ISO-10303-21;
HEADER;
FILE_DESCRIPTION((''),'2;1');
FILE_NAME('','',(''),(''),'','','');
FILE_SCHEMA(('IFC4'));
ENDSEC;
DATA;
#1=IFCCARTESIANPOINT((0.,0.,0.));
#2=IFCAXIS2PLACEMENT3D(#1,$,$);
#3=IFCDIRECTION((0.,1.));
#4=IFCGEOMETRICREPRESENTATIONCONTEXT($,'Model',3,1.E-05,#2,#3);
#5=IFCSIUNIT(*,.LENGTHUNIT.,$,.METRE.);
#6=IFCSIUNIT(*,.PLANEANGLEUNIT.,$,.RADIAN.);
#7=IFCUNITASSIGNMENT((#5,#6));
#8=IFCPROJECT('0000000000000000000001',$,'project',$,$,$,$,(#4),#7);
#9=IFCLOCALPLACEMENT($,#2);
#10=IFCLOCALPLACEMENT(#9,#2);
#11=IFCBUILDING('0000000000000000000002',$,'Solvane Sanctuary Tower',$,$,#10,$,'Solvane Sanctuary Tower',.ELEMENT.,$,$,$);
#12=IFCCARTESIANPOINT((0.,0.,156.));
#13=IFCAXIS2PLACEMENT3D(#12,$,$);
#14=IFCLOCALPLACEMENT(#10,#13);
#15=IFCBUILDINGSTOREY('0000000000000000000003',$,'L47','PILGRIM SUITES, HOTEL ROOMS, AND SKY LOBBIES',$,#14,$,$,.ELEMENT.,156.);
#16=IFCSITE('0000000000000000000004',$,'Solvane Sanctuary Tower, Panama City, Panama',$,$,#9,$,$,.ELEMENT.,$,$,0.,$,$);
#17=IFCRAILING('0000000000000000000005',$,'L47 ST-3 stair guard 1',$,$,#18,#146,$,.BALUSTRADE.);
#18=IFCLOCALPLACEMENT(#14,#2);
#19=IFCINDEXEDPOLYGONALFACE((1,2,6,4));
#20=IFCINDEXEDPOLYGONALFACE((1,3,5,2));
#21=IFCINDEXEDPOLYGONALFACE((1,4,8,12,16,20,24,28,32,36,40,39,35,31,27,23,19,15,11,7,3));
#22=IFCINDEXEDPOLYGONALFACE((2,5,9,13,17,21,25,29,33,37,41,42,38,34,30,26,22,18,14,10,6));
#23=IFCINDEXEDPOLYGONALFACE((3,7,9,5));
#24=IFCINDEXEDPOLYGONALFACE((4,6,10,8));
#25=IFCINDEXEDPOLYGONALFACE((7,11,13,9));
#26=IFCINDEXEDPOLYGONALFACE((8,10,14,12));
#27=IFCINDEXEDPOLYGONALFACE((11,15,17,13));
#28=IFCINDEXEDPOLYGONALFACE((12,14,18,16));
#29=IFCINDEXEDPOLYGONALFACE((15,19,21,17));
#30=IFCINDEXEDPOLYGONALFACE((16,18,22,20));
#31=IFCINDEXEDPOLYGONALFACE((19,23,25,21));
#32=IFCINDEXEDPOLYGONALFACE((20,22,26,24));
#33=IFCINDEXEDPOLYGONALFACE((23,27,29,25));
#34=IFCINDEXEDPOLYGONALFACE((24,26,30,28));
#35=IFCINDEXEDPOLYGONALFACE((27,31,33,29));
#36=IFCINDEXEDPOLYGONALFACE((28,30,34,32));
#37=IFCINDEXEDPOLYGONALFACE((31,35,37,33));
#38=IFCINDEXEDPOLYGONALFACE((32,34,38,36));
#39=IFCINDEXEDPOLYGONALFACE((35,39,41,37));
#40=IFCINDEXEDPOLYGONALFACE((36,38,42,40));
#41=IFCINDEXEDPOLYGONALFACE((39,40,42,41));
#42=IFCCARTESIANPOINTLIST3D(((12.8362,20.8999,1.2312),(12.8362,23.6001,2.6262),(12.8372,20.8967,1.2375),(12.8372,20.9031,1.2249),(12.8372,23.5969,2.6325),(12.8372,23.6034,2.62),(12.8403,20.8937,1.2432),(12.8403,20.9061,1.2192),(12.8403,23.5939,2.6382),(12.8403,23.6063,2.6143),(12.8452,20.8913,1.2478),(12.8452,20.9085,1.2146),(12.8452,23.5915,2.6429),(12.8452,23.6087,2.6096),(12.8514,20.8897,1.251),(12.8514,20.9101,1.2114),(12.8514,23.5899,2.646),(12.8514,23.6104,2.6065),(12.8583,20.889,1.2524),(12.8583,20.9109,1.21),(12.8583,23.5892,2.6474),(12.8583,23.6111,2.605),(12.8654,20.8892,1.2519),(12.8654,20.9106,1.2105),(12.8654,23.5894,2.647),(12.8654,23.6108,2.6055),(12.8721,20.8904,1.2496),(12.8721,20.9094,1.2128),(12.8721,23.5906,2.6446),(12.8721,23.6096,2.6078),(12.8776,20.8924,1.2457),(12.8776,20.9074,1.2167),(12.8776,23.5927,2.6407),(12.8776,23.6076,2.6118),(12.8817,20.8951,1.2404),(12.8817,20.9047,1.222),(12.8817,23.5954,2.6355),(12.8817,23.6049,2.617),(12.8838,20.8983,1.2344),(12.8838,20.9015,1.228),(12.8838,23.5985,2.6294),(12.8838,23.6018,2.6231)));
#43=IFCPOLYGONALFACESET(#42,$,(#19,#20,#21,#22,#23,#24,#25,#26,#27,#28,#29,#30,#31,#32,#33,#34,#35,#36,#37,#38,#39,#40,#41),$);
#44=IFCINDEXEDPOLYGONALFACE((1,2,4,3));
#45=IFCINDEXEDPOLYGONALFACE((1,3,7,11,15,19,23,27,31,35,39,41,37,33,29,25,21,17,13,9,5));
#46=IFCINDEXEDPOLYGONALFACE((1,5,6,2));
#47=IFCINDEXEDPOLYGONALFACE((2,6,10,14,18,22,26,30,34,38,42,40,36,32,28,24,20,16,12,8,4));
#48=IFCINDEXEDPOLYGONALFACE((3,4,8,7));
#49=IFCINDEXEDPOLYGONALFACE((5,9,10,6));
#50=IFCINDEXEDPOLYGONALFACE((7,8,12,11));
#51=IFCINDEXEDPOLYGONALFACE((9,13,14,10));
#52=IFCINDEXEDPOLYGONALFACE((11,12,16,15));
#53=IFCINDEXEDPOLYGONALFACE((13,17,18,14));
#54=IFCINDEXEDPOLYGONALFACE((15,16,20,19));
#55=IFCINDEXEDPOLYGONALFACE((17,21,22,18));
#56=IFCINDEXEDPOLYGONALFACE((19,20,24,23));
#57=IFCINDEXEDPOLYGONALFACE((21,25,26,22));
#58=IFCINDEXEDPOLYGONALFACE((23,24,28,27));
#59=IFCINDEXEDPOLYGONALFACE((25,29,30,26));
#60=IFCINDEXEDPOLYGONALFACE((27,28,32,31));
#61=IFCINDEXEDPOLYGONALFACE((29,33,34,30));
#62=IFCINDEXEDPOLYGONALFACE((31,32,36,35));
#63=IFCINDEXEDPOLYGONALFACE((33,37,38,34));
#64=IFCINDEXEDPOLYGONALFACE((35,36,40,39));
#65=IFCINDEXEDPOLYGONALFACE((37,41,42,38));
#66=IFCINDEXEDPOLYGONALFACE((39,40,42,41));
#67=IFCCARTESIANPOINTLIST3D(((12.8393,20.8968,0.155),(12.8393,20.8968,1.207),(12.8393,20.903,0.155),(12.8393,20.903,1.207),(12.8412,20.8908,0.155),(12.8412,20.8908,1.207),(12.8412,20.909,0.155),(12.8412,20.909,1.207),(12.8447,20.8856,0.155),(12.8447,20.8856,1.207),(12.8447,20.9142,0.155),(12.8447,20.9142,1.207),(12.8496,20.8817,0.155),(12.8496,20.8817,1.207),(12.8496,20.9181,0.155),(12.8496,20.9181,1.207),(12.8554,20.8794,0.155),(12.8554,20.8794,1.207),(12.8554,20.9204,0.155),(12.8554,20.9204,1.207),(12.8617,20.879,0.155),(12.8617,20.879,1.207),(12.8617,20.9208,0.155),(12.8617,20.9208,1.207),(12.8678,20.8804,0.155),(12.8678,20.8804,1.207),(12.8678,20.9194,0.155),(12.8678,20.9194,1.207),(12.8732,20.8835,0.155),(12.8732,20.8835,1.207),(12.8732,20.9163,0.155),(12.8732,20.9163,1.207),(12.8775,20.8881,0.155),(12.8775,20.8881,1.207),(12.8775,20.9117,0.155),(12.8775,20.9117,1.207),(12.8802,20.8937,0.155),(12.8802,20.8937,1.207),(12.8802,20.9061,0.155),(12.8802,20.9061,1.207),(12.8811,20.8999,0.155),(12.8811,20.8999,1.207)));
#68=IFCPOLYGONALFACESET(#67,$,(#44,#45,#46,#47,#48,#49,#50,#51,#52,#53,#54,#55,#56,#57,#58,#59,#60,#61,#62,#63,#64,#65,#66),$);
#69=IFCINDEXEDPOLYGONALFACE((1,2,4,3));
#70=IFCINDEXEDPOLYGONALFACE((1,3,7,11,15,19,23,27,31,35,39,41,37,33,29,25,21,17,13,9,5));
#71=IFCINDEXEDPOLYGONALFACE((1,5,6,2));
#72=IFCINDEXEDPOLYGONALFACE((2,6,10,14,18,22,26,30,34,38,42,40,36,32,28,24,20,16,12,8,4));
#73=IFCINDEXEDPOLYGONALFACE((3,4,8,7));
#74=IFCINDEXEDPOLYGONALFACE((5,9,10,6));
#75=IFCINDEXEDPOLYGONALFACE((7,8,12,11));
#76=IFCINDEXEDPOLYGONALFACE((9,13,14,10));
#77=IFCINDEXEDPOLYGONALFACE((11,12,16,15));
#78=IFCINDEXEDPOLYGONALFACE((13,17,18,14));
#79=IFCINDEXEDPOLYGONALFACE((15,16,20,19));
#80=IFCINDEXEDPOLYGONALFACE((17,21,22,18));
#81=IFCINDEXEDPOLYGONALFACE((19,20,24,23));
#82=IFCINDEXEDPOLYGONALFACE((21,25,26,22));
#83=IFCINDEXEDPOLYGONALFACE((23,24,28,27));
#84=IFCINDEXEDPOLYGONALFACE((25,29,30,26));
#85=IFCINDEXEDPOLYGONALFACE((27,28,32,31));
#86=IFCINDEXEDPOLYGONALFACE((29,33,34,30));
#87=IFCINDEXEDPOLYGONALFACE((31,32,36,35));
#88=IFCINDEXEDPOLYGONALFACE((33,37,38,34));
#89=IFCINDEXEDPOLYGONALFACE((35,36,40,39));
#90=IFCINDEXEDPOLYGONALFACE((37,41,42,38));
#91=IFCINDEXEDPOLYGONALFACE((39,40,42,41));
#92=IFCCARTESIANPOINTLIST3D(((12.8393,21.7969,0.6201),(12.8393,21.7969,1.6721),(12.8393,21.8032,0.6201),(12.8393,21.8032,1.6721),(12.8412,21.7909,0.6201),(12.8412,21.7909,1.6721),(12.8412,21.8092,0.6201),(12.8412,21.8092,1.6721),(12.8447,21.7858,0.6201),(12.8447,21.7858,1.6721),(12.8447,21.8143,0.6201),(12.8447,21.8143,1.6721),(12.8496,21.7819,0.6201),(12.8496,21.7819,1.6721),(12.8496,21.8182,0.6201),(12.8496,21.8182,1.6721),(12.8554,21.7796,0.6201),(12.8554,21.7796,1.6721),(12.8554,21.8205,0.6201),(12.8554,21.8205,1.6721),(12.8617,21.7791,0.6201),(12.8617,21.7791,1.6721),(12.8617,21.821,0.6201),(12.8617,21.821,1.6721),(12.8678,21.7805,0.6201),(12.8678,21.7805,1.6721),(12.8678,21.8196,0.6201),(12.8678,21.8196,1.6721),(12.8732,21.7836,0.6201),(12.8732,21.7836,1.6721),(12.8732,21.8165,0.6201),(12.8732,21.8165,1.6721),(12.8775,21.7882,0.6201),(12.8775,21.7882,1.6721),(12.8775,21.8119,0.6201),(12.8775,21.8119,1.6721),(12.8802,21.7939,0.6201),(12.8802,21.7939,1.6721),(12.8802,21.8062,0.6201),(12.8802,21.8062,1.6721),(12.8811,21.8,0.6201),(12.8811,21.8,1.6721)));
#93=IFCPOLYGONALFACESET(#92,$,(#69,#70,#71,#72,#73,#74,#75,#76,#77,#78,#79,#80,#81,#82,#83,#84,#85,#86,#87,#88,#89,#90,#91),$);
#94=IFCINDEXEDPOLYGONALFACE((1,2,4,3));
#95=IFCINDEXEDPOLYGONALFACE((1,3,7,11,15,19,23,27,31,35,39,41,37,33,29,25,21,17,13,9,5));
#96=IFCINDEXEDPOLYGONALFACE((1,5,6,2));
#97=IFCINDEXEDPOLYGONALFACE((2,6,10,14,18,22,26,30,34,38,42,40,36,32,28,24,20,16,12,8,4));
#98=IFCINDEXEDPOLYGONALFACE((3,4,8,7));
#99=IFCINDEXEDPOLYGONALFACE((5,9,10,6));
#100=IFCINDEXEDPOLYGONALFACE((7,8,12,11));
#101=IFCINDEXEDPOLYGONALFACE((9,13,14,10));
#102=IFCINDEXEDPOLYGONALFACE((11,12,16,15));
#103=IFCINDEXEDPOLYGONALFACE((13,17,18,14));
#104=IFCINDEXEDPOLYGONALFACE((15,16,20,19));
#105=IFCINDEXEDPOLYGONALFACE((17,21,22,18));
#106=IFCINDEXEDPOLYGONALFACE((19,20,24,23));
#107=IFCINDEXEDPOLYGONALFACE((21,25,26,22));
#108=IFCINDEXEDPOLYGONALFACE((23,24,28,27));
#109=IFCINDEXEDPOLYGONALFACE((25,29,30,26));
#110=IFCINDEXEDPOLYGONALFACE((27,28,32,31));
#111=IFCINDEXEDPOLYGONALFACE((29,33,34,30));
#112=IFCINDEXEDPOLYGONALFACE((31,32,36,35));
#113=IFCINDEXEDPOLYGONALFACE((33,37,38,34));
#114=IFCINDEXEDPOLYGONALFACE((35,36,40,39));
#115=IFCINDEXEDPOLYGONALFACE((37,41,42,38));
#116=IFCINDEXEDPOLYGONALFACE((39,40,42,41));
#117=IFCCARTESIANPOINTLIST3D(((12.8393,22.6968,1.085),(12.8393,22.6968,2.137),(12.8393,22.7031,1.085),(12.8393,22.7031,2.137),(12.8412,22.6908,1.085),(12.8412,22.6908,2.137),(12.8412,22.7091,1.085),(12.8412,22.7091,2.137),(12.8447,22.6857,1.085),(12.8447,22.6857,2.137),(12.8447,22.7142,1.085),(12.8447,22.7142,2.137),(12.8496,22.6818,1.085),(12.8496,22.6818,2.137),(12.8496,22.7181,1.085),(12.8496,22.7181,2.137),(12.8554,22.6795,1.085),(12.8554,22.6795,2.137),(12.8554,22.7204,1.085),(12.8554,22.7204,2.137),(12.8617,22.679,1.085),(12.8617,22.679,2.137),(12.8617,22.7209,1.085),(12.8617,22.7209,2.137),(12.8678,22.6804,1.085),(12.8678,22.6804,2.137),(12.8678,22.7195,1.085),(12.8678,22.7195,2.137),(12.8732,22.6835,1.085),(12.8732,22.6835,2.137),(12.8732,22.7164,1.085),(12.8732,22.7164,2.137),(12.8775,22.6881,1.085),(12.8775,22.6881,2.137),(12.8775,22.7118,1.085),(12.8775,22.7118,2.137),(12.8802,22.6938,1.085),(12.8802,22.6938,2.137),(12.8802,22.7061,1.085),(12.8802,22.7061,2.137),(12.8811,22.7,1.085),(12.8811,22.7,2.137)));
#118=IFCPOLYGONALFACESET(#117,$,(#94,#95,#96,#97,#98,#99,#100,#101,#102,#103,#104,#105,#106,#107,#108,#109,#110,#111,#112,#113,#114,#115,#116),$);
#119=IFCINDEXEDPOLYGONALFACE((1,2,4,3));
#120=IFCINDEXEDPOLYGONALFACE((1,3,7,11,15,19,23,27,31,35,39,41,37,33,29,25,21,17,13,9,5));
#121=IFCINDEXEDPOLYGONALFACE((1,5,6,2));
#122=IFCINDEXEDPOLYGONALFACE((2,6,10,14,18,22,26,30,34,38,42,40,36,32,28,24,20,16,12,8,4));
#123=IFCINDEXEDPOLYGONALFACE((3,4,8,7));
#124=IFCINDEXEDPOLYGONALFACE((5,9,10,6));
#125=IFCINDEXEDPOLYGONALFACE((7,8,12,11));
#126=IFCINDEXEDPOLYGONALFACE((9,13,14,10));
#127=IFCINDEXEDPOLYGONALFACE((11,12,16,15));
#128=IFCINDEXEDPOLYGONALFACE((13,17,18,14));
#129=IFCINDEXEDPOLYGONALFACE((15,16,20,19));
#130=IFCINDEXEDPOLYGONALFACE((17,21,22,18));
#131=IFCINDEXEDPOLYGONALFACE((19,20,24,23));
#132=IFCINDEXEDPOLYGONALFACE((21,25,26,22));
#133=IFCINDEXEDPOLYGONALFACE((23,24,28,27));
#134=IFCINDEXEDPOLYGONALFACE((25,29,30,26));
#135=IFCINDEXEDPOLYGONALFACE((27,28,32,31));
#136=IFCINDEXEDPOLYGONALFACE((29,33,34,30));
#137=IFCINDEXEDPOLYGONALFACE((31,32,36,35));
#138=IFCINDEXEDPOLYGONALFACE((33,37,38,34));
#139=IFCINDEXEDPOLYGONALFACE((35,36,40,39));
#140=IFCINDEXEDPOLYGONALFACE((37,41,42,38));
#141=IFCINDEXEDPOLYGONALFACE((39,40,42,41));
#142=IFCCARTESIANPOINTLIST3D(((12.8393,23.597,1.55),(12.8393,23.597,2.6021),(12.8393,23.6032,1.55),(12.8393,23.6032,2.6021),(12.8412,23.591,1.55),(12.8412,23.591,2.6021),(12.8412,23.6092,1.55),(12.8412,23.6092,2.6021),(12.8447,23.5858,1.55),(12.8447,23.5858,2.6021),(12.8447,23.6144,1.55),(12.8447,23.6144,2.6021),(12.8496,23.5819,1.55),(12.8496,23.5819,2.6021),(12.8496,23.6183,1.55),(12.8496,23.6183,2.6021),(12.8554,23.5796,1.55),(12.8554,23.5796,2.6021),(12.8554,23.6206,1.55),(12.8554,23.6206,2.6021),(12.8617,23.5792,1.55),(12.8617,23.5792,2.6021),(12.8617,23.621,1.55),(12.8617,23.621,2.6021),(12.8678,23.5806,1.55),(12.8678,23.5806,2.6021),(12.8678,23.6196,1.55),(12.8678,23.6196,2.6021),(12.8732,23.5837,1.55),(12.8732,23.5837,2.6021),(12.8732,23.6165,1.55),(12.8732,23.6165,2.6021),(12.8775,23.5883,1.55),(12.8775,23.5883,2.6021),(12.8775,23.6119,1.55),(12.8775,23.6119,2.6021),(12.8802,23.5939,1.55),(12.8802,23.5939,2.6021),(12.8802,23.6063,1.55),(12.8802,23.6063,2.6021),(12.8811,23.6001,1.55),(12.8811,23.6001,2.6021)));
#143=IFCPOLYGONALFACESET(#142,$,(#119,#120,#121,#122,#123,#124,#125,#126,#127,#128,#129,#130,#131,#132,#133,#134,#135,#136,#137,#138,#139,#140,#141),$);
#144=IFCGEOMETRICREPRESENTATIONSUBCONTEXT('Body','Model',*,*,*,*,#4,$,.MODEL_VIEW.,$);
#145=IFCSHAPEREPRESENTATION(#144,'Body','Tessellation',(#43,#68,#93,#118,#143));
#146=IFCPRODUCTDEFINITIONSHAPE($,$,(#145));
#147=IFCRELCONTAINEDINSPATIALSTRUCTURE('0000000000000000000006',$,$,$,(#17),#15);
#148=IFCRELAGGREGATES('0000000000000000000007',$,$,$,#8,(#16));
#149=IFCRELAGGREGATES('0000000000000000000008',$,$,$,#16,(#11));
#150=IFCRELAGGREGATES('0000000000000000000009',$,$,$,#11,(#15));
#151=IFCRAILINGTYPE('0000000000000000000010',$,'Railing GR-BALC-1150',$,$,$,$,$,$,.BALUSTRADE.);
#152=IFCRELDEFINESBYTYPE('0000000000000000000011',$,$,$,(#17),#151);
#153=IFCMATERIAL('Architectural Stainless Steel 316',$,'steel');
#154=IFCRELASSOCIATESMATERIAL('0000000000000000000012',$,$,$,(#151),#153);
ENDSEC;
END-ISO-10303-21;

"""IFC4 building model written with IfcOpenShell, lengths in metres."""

from ifc_helpers import new_model, si_unit, direction, frame, origin, origin_2d, place, context, subcontext, project, spatial, circle, extrude, material, type_object, element, save


model = new_model("IFC4")

# Units and contexts
model_context = context("Model", 3, precision=1e-05, world=origin(), true_north=direction((0.0, 1.0)))
body_context = subcontext(model_context, "Body", "Model", "MODEL_VIEW")
ifc_project = project(units=[si_unit("LENGTHUNIT", "METRE"), si_unit("PLANEANGLEUNIT", "RADIAN")], contexts=[model_context])

# Site, building, storey
site_placement = place(None, origin())
site = spatial("IfcSite", under=ifc_project, at=site_placement, Name="Solvane Sanctuary Tower, Panama City, Panama", CompositionType="ELEMENT", RefElevation=0.0)
building_placement = place(site_placement, origin())
building = spatial("IfcBuilding", under=site, at=building_placement, Name="Solvane Sanctuary Tower", LongName="Solvane Sanctuary Tower", CompositionType="ELEMENT")
storey_placement = place(building_placement, frame((0.0, 0.0, 156.0)))
storey = spatial("IfcBuildingStorey", under=building, at=storey_placement, Name="L47", Description="PILGRIM SUITES, HOTEL ROOMS, AND SKY LOBBIES", CompositionType="ELEMENT", Elevation=156.0)

# Shared definitions
ifc_material_1 = material(Name="Architectural Stainless Steel 316", Category="steel")

# Railing
railing_type_1 = type_object("IfcRailingType", Name="Railing GR-BALC-1150", PredefinedType="BALUSTRADE", material=ifc_material_1)
railing_1_placement = place(storey_placement, frame((12.8601, 20.8999, 0.155)))
element("IfcRailing", 1, at=railing_1_placement, inside=storey, type_object=railing_type_1, Name="L47 ST-3 stair guard 1", PredefinedType="BALUSTRADE", context=body_context, shape_type="SweptSolid", body=[
    extrude(circle(Radius=0.0239, at=origin_2d()), frame((0.0, 0.0, 1.0762), z_axis=(0.0, 0.888437, 0.458999), x_axis=(-1.0, 0.0, 0.0)), (0.0, 0.0, 1.0), 3.0393),
    extrude(circle(Radius=0.021, at=origin_2d()), origin(), (0.0, 0.0, 1.0), 1.052),
    extrude(circle(Radius=0.021, at=origin_2d()), frame((0.0, 0.9001, 0.4651)), (0.0, 0.0, 1.0), 1.052),
    extrude(circle(Radius=0.021, at=origin_2d()), frame((0.0, 1.8, 0.9299)), (0.0, 0.0, 1.0), 1.052),
    extrude(circle(Radius=0.021, at=origin_2d()), frame((0.0, 2.7002, 1.395)), (0.0, 0.0, 1.0), 1.052),
])

save(model, "model.ifc")
